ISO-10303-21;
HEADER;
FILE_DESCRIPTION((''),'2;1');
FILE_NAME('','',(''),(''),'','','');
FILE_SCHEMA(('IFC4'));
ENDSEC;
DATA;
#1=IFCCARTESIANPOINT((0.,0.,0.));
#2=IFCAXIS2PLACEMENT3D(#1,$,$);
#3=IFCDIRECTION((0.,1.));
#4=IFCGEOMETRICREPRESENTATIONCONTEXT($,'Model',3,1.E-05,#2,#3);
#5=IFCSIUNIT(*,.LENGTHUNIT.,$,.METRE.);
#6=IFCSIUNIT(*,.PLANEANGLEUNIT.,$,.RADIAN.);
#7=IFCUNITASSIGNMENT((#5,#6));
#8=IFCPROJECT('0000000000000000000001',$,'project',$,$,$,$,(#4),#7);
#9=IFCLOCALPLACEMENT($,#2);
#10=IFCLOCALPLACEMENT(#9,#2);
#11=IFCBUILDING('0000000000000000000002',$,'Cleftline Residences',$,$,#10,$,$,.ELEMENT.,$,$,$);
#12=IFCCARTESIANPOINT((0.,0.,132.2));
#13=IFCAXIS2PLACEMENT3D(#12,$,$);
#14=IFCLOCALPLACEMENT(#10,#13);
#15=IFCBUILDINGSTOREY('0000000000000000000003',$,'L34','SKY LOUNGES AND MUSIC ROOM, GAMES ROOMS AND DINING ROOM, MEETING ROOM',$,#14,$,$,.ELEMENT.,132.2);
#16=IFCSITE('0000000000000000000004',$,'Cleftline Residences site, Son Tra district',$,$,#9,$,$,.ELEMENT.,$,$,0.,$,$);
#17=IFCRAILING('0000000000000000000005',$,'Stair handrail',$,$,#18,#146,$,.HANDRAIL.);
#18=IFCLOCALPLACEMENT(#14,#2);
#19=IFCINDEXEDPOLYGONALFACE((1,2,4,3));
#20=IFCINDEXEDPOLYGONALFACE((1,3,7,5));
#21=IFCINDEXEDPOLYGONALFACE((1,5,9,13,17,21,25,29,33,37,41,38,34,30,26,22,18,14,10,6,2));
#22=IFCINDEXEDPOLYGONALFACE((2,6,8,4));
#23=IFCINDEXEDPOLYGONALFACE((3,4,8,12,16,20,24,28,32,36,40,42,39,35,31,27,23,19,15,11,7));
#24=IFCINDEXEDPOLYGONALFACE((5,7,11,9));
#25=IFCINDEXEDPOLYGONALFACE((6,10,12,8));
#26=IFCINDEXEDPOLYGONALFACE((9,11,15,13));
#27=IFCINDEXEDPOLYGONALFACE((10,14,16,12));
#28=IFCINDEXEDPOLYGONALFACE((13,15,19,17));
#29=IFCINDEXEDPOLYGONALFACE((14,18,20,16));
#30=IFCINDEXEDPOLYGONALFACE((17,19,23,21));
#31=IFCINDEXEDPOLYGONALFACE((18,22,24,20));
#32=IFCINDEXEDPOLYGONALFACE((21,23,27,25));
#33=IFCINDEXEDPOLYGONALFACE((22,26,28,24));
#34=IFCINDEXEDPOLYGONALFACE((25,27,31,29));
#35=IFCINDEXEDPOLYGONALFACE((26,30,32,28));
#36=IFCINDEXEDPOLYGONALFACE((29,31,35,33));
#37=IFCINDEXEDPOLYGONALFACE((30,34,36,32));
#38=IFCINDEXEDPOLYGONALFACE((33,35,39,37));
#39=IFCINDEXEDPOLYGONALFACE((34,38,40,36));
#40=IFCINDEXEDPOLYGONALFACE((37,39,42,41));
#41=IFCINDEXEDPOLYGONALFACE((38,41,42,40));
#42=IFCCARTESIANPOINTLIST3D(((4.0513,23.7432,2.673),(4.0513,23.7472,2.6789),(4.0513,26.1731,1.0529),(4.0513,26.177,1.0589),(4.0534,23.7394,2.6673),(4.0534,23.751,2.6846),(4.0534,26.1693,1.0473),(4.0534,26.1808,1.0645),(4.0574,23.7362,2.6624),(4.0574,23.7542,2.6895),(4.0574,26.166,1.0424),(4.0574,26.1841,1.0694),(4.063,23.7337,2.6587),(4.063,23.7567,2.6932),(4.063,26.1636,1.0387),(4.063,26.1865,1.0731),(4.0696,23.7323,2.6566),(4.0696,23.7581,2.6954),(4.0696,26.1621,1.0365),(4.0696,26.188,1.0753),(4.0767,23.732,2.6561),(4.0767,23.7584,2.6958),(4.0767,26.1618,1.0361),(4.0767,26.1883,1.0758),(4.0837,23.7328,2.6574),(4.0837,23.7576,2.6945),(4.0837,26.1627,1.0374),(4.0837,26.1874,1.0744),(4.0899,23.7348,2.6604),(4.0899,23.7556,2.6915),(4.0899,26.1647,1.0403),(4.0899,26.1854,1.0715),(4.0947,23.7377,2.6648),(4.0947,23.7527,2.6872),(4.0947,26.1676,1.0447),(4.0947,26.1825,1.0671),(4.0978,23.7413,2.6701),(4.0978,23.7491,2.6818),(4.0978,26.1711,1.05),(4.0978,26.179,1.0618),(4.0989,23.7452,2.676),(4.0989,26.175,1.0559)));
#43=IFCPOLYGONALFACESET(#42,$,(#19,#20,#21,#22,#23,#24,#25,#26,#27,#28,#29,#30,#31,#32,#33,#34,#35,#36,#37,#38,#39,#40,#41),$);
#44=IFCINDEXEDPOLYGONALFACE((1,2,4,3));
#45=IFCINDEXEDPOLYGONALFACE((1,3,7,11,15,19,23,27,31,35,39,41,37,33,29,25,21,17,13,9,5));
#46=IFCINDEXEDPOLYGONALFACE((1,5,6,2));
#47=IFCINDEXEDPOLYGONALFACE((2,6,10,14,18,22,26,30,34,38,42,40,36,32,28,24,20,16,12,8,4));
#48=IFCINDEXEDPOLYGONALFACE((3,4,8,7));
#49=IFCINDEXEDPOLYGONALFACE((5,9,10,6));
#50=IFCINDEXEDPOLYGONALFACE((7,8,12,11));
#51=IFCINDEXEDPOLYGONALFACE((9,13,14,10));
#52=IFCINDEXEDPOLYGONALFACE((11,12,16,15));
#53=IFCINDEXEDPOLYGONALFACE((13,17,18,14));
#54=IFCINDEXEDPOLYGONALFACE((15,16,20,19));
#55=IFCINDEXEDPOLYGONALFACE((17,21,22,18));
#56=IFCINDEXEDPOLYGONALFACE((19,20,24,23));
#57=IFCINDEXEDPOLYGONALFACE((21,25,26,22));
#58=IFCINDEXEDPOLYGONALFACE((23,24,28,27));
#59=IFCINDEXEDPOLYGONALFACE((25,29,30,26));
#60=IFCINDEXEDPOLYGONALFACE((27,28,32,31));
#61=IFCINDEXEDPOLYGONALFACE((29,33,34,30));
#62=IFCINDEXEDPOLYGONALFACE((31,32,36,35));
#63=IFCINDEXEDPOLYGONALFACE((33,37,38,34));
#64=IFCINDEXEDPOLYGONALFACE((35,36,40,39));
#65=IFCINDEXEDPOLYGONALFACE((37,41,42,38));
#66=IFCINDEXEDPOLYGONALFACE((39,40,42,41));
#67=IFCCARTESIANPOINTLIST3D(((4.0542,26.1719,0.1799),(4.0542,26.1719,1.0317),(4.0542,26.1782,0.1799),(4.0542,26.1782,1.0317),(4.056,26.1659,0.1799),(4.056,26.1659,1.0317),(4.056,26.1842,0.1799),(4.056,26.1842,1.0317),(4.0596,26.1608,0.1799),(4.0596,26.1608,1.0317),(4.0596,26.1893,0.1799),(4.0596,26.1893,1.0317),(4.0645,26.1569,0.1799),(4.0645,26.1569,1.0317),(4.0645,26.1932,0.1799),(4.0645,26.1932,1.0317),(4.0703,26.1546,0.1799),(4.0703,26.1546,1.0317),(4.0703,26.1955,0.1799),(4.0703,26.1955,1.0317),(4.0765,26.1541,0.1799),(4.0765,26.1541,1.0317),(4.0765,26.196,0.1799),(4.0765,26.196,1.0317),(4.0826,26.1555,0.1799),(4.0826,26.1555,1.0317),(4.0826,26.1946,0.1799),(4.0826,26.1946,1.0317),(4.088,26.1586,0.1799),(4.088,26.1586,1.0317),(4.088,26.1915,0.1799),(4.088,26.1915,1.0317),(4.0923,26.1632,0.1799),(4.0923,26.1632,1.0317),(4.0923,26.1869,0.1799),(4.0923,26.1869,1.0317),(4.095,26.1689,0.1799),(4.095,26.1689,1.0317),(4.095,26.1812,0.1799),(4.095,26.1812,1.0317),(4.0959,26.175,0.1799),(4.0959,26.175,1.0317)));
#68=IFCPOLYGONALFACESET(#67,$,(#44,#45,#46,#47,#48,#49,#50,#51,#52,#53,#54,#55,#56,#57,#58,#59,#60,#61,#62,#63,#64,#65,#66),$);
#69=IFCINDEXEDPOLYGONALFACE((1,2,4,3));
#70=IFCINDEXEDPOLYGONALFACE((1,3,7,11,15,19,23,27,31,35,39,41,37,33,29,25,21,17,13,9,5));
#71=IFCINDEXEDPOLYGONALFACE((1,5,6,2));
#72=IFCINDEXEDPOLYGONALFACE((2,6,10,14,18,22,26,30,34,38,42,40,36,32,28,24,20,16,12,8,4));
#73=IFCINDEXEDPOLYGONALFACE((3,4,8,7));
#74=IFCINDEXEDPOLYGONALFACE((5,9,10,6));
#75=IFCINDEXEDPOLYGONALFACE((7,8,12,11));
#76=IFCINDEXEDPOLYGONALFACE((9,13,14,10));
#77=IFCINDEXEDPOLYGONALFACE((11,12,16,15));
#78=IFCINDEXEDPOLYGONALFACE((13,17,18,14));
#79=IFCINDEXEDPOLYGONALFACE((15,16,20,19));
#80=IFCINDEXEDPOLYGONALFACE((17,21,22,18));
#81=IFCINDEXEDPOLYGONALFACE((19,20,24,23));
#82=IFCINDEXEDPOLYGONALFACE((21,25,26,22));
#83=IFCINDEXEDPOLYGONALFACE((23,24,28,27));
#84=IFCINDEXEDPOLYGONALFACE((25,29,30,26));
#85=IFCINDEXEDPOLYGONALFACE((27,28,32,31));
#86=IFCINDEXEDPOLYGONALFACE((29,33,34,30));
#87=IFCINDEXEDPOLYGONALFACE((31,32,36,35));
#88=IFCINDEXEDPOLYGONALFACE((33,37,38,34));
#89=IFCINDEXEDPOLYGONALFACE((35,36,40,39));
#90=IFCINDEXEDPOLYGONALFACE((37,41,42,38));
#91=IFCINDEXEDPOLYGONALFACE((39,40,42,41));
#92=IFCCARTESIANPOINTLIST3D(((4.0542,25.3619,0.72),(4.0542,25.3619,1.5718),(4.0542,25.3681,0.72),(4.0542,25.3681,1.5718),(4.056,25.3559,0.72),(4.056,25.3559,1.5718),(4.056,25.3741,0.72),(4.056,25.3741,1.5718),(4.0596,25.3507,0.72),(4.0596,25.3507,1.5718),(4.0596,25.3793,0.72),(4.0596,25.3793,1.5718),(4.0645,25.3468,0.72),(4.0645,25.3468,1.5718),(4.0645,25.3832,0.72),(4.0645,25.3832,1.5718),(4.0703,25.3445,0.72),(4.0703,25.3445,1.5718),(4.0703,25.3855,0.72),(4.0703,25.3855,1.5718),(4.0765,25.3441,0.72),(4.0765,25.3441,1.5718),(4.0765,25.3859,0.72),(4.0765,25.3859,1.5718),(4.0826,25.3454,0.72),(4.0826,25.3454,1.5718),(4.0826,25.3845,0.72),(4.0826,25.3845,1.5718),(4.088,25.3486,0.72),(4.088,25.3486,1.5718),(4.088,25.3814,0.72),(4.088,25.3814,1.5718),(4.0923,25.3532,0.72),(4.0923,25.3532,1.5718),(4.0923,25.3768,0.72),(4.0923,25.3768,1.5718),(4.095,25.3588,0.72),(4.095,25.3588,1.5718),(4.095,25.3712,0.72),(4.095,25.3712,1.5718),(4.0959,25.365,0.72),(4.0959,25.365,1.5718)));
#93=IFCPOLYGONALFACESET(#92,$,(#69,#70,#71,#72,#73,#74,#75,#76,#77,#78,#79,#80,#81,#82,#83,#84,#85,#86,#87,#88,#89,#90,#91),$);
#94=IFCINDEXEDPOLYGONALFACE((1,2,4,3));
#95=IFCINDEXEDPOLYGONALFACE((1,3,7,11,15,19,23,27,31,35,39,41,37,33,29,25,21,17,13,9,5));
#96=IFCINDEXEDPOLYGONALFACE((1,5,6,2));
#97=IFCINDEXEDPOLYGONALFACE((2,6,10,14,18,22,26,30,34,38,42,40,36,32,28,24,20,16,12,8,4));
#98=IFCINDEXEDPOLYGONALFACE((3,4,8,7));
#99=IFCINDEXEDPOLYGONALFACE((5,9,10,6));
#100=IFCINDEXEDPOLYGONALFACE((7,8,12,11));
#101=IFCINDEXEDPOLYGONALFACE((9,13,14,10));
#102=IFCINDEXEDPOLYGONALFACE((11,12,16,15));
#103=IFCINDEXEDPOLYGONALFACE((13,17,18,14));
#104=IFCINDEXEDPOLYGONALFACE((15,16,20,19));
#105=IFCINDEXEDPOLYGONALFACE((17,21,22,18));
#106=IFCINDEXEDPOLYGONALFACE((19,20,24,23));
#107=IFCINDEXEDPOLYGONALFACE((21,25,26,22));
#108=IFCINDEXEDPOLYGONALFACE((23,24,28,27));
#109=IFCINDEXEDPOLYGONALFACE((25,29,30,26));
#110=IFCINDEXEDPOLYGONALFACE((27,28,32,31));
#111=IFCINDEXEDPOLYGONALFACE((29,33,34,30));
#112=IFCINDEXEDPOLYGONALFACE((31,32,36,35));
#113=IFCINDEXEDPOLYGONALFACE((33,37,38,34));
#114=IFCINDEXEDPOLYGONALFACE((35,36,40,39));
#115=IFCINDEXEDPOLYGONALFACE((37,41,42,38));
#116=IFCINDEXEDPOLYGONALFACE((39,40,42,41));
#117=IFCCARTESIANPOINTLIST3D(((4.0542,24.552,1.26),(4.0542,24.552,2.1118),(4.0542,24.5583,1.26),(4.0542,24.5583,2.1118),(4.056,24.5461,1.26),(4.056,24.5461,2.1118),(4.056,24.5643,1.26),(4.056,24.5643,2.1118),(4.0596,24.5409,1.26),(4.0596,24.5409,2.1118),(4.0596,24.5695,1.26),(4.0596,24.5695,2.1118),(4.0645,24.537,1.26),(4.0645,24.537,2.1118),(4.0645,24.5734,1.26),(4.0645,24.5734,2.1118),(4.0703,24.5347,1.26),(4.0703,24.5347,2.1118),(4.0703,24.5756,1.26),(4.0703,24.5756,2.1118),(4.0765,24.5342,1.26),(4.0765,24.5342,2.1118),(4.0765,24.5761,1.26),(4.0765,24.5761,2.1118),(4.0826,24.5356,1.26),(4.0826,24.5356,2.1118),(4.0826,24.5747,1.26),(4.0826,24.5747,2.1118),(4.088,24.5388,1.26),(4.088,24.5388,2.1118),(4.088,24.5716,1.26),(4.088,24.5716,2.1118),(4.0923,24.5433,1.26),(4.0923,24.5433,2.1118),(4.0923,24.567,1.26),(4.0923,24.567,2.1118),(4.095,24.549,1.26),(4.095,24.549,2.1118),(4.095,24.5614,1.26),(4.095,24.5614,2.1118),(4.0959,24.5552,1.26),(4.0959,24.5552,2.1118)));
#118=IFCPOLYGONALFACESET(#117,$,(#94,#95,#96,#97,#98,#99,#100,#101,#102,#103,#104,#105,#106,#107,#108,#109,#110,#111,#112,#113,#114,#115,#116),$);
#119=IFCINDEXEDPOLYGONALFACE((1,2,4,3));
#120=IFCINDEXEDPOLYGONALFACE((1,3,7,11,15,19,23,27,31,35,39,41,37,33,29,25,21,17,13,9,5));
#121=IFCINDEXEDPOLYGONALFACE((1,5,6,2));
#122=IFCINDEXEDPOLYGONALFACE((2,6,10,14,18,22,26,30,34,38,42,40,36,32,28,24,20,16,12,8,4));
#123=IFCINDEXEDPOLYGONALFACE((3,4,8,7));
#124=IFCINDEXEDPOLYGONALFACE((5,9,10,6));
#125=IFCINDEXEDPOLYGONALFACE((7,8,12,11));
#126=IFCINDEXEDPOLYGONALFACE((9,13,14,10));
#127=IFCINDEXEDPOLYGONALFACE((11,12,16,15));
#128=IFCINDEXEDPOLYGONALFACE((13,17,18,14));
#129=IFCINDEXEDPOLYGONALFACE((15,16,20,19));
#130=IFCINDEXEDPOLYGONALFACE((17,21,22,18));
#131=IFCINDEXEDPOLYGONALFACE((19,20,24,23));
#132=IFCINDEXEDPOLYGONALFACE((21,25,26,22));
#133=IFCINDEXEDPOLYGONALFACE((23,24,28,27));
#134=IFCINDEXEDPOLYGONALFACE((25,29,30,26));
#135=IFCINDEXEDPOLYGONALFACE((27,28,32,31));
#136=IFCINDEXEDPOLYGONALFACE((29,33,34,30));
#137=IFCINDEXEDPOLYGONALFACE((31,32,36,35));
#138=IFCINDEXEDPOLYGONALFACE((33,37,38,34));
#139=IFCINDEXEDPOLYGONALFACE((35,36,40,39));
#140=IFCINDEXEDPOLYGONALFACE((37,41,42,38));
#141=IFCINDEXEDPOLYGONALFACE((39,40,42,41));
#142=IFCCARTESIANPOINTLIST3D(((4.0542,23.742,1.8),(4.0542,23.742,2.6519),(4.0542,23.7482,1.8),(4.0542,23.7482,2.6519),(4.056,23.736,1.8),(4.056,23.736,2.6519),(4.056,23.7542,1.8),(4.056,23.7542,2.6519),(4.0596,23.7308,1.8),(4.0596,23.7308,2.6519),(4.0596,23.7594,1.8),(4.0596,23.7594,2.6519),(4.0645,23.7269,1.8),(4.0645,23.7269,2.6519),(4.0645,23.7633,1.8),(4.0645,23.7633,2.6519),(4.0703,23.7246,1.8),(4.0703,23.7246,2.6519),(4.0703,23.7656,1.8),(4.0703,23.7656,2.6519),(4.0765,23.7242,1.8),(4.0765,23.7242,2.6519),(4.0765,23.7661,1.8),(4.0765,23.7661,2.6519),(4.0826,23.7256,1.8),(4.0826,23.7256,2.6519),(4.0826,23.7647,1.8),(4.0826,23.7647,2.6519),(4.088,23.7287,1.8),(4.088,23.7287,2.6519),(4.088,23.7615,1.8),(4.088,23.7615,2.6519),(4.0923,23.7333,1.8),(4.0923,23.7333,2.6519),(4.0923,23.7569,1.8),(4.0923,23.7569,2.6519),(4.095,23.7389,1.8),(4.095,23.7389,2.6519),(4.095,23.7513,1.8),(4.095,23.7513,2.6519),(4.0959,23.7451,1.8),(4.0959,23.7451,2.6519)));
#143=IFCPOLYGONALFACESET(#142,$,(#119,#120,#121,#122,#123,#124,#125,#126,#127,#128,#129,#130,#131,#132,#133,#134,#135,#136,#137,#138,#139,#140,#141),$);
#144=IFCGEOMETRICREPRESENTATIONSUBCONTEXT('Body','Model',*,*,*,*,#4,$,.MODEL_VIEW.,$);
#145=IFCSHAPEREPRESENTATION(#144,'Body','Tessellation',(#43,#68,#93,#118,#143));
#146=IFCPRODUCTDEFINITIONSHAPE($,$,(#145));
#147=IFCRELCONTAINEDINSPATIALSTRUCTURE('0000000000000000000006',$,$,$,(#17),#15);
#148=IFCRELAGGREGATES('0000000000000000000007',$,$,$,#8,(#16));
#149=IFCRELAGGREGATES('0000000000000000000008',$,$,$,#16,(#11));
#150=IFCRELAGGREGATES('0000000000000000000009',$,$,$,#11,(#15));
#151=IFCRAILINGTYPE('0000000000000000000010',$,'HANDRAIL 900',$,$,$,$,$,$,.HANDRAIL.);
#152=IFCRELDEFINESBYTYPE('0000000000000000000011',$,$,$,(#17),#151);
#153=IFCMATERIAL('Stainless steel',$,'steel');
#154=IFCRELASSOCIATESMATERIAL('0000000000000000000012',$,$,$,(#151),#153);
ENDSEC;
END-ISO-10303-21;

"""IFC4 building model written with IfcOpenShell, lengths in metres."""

from ifc_helpers import new_model, si_unit, direction, frame, origin, origin_2d, place, context, subcontext, project, spatial, circle, extrude, material, type_object, element, save


model = new_model("IFC4")

# Units and contexts
model_context = context("Model", 3, precision=1e-05, world=origin(), true_north=direction((0.0, 1.0)))
body_context = subcontext(model_context, "Body", "Model", "MODEL_VIEW")
ifc_project = project(units=[si_unit("LENGTHUNIT", "METRE"), si_unit("PLANEANGLEUNIT", "RADIAN")], contexts=[model_context])

# Site, building, storey
site_placement = place(None, origin())
site = spatial("IfcSite", under=ifc_project, at=site_placement, Name="Cleftline Residences site, Son Tra district", CompositionType="ELEMENT", RefElevation=0.0)
building_placement = place(site_placement, origin())
building = spatial("IfcBuilding", under=site, at=building_placement, Name="Cleftline Residences", CompositionType="ELEMENT")
storey_placement = place(building_placement, frame((0.0, 0.0, 132.2)))
storey = spatial("IfcBuildingStorey", under=building, at=storey_placement, Name="L34", Description="SKY LOUNGES AND MUSIC ROOM, GAMES ROOMS AND DINING ROOM, MEETING ROOM", CompositionType="ELEMENT", Elevation=132.2)

# Railing
ifc_material_1 = material(Name="Stainless steel", Category="steel")
railing_type = type_object("IfcRailingType", Name="HANDRAIL 900", PredefinedType="HANDRAIL", material=ifc_material_1)
railing_1_placement = place(storey_placement, frame((4.075, 26.175, 0.1799)))
element("IfcRailing", 1, at=railing_1_placement, inside=storey, type_object=railing_type, Name="Stair handrail", PredefinedType="HANDRAIL", context=body_context, shape_type="SweptSolid", body=[
    extrude(circle(Radius=0.0239, at=origin_2d()), frame((0.0, 0.0, 0.876), z_axis=(0.0, -0.832025, 0.554739), x_axis=(1.0, 0.0, 0.0)), (0.0, 0.0, 1.0), 2.9204),
    extrude(circle(Radius=0.021, at=origin_2d()), origin(), (0.0, 0.0, 1.0), 0.8518),
    extrude(circle(Radius=0.021, at=origin_2d()), frame((0.0, -0.8101, 0.54)), (0.0, 0.0, 1.0), 0.8518),
    extrude(circle(Radius=0.021, at=origin_2d()), frame((0.0, -1.6199, 1.0801)), (0.0, 0.0, 1.0), 0.8518),
    extrude(circle(Radius=0.021, at=origin_2d()), frame((0.0, -2.4299, 1.6201)), (0.0, 0.0, 1.0), 0.8518),
])

save(model, "model.ifc")
